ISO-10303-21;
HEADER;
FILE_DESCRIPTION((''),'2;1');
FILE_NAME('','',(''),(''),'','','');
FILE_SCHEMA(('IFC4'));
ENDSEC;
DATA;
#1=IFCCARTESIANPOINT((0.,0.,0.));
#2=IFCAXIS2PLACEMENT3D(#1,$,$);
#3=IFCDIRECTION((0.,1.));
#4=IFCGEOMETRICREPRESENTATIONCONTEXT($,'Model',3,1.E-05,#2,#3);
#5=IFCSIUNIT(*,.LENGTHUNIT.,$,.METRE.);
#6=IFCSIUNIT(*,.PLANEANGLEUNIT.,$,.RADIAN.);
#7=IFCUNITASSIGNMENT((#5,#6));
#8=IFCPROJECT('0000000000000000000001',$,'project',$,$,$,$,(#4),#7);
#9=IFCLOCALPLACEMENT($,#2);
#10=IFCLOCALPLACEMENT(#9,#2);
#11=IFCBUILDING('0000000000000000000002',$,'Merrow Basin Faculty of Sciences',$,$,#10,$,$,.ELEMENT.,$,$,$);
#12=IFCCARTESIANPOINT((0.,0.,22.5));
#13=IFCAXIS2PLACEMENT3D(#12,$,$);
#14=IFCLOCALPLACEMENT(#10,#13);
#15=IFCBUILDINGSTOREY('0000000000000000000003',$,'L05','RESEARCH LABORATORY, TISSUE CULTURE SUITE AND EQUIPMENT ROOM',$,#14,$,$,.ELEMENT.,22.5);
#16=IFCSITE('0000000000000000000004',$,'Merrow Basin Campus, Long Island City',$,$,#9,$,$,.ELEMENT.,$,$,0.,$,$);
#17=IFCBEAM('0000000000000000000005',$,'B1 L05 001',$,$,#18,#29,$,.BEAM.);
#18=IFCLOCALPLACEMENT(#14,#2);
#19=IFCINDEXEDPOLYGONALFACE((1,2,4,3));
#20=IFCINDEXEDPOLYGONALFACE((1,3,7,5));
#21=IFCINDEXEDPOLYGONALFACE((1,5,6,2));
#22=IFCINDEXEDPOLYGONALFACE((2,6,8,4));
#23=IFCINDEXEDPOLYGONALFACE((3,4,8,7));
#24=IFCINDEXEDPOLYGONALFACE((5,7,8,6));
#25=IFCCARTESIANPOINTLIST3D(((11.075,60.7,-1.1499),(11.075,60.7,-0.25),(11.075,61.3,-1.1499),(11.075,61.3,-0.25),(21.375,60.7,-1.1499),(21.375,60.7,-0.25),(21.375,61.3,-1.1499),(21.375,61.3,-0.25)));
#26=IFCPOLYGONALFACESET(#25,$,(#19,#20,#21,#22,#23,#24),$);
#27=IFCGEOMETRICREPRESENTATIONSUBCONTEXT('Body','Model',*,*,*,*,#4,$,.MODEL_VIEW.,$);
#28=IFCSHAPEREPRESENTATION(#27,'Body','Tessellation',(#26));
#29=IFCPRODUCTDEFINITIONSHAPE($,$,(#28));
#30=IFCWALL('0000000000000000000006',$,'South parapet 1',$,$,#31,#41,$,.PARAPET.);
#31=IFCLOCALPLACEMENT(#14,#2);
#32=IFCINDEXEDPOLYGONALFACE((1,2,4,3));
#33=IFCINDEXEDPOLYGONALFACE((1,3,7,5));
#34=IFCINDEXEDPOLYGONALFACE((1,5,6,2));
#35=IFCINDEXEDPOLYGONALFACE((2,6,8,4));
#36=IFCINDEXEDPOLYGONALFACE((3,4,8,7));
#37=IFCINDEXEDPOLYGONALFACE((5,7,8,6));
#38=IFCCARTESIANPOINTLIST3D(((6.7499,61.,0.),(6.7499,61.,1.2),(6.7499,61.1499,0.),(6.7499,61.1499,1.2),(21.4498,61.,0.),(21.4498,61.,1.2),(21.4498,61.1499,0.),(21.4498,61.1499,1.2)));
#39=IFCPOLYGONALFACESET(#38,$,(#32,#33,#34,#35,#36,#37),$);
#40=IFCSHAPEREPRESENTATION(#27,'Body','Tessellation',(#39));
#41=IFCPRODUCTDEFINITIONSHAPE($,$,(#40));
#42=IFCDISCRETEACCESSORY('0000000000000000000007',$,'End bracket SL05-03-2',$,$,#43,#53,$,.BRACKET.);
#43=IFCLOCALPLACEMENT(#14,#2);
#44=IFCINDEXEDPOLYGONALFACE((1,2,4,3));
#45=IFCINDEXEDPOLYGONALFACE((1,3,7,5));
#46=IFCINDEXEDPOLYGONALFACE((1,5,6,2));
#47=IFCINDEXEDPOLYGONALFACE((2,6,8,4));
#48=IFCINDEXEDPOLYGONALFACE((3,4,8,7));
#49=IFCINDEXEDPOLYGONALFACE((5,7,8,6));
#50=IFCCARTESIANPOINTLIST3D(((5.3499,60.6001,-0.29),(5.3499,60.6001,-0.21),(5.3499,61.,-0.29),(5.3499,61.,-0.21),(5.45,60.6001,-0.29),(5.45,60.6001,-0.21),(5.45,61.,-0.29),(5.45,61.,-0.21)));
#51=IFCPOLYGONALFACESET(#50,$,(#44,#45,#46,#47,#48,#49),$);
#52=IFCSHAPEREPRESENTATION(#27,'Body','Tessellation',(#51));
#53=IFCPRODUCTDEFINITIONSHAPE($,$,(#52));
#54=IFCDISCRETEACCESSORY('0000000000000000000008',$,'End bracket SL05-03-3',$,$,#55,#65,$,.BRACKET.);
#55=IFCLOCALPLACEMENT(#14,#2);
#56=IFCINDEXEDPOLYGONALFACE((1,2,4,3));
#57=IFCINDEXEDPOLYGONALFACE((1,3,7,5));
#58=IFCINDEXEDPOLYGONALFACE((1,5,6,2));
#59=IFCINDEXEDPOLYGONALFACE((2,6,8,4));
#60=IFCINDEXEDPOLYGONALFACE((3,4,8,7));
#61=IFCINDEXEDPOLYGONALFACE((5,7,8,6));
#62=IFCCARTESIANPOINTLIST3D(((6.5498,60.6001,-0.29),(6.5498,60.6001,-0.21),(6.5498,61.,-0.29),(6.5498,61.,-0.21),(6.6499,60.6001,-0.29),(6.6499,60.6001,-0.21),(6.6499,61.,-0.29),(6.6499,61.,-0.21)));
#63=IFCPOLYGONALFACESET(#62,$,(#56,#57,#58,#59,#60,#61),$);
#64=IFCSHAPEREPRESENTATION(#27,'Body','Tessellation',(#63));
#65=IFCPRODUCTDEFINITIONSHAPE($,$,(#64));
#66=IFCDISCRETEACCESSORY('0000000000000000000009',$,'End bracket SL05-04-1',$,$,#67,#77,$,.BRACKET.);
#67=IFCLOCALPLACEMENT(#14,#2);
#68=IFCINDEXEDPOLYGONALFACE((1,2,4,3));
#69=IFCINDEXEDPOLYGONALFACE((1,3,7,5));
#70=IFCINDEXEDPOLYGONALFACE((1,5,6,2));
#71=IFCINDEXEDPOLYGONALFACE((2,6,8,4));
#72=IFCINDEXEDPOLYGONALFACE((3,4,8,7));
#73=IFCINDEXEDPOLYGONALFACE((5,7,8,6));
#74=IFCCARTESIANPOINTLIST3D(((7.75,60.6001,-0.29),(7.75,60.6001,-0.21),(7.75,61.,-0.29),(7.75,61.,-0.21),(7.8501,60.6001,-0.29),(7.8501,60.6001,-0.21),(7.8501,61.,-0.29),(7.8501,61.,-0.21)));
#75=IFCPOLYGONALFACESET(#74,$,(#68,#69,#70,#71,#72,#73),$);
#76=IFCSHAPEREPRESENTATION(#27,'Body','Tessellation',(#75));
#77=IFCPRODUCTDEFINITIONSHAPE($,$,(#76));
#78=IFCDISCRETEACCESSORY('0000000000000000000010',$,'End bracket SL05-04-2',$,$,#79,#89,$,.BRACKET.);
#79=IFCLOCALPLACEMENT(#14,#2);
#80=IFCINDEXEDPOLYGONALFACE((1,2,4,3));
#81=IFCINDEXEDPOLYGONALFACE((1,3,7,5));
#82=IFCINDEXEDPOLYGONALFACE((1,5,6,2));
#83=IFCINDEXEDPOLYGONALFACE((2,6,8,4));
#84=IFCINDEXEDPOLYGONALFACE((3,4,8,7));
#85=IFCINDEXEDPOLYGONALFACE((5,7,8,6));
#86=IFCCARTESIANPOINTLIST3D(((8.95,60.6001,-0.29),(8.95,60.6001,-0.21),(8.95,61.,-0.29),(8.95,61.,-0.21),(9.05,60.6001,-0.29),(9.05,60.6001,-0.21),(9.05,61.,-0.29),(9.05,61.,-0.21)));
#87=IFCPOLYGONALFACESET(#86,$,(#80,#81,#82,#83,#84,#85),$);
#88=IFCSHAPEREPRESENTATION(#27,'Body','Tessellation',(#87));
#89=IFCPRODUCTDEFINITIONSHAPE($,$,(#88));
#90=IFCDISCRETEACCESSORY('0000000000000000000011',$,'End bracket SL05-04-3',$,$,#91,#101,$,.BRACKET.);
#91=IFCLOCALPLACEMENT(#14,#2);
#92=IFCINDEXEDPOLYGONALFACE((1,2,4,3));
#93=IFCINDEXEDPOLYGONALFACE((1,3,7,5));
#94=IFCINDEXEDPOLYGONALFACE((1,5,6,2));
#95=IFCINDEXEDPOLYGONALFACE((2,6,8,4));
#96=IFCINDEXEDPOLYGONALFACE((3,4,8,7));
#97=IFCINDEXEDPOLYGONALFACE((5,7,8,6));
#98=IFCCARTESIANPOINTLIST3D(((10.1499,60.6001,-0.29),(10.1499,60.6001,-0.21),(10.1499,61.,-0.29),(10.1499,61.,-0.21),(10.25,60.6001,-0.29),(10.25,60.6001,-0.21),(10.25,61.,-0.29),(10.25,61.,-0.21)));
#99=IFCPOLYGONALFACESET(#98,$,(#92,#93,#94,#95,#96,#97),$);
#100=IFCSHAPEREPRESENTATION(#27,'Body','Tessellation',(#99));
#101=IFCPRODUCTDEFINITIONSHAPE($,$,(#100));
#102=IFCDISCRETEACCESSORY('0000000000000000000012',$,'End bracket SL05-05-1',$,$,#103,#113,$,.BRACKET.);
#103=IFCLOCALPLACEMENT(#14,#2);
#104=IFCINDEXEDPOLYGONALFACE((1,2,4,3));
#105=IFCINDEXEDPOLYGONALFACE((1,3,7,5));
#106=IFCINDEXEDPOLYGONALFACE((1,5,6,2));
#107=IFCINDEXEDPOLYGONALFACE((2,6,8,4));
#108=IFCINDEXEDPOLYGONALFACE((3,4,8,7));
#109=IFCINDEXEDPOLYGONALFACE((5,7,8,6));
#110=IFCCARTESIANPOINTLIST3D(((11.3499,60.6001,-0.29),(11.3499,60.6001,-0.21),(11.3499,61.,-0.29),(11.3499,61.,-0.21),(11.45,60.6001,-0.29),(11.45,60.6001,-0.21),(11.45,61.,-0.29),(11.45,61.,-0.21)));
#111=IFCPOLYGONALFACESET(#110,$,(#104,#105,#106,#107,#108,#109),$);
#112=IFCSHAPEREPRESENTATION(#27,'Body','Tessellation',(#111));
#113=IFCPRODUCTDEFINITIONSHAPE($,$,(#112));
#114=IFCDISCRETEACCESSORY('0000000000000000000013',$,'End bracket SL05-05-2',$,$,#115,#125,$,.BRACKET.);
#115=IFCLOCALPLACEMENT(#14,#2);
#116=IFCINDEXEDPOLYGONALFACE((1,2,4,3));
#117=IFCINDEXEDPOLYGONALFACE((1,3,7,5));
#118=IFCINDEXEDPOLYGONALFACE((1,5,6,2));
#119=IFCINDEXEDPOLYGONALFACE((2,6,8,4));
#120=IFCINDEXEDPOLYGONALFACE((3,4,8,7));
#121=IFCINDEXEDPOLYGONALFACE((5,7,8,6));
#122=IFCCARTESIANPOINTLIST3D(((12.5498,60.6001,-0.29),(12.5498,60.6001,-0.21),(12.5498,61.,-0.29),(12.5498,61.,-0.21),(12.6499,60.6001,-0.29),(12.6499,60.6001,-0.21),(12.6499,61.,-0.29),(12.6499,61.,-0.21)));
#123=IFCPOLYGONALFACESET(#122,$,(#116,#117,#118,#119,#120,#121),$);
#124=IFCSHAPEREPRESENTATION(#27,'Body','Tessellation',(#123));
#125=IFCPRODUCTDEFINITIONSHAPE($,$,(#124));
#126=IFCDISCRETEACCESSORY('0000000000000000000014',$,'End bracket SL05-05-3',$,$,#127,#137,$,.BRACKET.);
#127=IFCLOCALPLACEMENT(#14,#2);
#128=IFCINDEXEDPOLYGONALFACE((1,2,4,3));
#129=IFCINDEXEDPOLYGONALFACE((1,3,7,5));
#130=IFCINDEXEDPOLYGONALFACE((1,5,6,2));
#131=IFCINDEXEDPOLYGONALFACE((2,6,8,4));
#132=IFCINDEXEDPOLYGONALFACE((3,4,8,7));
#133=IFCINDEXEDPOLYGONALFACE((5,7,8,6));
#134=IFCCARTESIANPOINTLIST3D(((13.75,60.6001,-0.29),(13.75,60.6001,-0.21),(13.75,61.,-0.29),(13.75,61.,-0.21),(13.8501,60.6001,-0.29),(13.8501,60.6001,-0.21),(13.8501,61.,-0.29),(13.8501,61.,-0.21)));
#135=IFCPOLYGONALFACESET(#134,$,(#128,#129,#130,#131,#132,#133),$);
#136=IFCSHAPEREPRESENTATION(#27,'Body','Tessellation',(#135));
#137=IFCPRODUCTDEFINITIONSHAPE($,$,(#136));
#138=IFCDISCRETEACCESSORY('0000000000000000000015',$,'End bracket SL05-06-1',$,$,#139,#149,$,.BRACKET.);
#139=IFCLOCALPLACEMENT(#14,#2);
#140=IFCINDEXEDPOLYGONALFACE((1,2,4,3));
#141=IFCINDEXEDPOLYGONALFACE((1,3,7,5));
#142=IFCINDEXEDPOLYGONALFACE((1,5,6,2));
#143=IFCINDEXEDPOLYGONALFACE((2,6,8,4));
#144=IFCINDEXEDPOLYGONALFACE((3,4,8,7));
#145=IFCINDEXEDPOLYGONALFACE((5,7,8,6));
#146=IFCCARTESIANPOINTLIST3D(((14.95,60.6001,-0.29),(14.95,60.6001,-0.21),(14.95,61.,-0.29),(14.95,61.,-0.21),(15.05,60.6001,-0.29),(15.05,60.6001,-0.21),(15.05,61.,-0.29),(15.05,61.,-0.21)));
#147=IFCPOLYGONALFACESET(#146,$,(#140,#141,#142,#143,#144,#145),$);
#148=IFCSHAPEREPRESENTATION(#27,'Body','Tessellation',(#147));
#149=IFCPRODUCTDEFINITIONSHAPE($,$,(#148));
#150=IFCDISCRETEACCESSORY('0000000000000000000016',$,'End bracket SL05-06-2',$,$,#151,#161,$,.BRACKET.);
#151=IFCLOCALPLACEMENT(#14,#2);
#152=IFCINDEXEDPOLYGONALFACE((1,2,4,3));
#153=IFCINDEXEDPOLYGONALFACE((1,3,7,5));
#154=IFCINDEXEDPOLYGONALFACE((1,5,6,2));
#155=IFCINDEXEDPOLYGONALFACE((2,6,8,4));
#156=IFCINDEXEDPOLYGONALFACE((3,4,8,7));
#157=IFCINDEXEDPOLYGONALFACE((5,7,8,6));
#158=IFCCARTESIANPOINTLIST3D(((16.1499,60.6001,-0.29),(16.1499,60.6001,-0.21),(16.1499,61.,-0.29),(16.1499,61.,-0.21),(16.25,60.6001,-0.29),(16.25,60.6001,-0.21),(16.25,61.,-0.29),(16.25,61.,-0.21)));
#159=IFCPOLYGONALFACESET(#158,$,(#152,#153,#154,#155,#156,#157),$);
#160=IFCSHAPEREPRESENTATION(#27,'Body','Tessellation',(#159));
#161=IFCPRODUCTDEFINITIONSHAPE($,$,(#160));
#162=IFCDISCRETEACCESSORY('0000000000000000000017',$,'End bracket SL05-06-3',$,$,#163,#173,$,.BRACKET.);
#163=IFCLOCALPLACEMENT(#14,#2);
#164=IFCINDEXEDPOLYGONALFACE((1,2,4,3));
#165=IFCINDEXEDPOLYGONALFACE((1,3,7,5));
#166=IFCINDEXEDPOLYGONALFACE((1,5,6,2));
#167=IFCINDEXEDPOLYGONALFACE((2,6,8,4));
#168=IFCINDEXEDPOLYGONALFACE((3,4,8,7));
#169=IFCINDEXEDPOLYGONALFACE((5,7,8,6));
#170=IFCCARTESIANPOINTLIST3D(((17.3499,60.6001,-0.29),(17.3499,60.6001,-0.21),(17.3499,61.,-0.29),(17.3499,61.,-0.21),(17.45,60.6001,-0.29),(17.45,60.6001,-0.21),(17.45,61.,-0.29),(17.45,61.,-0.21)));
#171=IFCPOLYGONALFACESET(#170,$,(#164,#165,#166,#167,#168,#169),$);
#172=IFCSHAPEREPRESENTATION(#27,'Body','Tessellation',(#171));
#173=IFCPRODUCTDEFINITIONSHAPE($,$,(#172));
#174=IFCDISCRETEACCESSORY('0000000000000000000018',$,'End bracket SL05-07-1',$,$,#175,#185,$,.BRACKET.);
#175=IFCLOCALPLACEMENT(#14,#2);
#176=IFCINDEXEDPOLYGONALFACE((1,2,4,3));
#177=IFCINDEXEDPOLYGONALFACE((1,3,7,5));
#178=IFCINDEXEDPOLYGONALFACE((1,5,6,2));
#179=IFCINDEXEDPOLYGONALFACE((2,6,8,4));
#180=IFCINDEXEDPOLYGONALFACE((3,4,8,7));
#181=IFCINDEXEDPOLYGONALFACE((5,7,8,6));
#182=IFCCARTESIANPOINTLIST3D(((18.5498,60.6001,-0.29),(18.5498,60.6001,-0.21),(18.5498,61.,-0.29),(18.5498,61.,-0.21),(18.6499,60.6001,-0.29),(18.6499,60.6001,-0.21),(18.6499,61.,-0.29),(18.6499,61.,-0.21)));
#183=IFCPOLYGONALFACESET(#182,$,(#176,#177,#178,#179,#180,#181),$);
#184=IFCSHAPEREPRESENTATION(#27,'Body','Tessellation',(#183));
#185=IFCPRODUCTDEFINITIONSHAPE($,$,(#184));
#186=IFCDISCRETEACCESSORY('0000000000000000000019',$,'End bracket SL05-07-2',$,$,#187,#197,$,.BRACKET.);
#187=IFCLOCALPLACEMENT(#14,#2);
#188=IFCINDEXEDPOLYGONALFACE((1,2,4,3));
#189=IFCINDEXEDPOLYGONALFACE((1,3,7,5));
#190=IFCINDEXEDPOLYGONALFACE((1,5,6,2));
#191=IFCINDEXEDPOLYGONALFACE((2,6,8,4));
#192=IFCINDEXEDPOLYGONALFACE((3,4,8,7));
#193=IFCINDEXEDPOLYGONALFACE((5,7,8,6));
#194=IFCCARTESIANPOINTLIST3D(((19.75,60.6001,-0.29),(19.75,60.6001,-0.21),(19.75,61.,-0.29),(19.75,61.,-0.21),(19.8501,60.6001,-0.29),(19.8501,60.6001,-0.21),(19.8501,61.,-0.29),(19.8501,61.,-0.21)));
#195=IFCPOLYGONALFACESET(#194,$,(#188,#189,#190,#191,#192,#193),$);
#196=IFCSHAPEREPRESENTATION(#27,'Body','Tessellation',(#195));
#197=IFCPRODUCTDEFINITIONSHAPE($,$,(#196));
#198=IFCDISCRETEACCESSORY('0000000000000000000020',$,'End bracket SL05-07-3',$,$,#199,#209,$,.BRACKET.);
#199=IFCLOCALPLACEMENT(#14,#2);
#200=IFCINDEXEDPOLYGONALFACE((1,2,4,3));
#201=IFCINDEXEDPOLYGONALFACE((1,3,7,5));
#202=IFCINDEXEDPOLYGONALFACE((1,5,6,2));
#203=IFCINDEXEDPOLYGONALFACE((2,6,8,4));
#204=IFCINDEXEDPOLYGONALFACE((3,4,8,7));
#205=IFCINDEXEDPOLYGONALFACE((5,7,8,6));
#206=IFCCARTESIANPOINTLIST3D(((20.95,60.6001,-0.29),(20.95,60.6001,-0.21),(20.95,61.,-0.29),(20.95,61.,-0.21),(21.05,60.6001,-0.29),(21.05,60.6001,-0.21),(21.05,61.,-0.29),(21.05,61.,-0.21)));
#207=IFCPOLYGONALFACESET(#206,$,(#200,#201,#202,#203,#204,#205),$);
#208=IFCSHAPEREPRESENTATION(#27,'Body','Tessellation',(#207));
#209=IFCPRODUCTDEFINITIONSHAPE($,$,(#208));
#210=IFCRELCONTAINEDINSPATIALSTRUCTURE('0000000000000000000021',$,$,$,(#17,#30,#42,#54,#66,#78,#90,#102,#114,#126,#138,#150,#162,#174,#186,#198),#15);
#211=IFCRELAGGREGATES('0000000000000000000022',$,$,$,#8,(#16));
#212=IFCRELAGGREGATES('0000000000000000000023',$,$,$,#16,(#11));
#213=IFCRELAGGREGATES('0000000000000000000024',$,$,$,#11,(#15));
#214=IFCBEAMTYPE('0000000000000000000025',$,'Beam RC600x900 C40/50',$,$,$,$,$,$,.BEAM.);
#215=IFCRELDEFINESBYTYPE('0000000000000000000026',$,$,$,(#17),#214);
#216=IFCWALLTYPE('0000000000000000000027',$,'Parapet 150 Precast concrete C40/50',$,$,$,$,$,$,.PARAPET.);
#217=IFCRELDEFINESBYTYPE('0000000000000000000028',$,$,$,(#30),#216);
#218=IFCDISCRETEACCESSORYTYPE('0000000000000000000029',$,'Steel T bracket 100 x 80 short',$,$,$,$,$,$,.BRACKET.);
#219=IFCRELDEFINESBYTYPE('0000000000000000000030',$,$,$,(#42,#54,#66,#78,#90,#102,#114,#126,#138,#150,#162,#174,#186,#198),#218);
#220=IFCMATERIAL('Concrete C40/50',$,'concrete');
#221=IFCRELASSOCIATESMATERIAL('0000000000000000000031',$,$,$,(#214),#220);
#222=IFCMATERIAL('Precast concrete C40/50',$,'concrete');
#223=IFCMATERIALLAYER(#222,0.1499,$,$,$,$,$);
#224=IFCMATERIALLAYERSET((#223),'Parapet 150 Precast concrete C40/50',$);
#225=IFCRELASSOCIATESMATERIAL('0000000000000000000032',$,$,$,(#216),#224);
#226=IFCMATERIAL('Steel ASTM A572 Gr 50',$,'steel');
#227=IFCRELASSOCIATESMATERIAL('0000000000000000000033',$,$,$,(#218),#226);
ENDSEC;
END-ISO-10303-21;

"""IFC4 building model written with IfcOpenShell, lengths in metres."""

from ifc_helpers import new_model, si_unit, direction, frame, frame_2d, origin, origin_2d, place, context, subcontext, project, spatial, polyline, rectangle, outline, extrude, source, transform, mapped, material, layer, layer_set, material_profile, profile_set, type_object, element, save


model = new_model("IFC4")

# Units and contexts
model_context = context("Model", 3, precision=1e-05, world=origin(), true_north=direction((0.0, 1.0)))
body_context = subcontext(model_context, "Body", "Model", "MODEL_VIEW")
ifc_project = project(units=[si_unit("LENGTHUNIT", "METRE"), si_unit("PLANEANGLEUNIT", "RADIAN")], contexts=[model_context])

# Site, building, storey
site_placement = place(None, origin())
site = spatial("IfcSite", under=ifc_project, at=site_placement, Name="Merrow Basin Campus, Long Island City", CompositionType="ELEMENT", RefElevation=0.0)
building_placement = place(site_placement, origin())
building = spatial("IfcBuilding", under=site, at=building_placement, Name="Merrow Basin Faculty of Sciences", CompositionType="ELEMENT")
storey_placement = place(building_placement, frame((0.0, 0.0, 22.5)))
storey = spatial("IfcBuildingStorey", under=building, at=storey_placement, Name="L05", Description="RESEARCH LABORATORY, TISSUE CULTURE SUITE AND EQUIPMENT ROOM", CompositionType="ELEMENT", Elevation=22.5)

# Beam
ifc_material_1 = material(Name="Concrete C40/50", Category="concrete")
ifc_material_profile = material_profile(ifc_material_1, rectangle(XDim=0.6001, YDim=0.8999, at=origin_2d()))
ifc_profile_set = profile_set([ifc_material_profile], Name="Concrete C40/50")
beam_type = type_object("IfcBeamType", Name="Beam RC600x900 C40/50", PredefinedType="BEAM", material=ifc_profile_set)
beam_placement = place(storey_placement, frame((11.075, 61.0, -0.7), z_axis=(1.0, 0.0, 0.0), x_axis=(0.0, 1.0, 0.0)))
element("IfcBeam", 1, at=beam_placement, inside=storey, type_object=beam_type, Name="B1 L05 001", PredefinedType="BEAM", context=body_context, shape_type="SweptSolid", body=[
    extrude(rectangle(XDim=0.6001, YDim=0.8999, at=origin_2d()), origin(), (0.0, 0.0, 1.0), 10.3),
])

# Wall
ifc_material_2 = material(Name="Precast concrete C40/50", Category="concrete")
ifc_layer_1 = layer(ifc_material_2, 0.1499)
ifc_layer_set_1 = layer_set([ifc_layer_1], Name="Parapet 150 Precast concrete C40/50")
wall_type = type_object("IfcWallType", Name="Parapet 150 Precast concrete C40/50", PredefinedType="PARAPET", material=ifc_layer_set_1)
wall_placement = place(storey_placement, frame((21.45, 61.075, 0.0), z_axis=(0.0, 0.0, 1.0), x_axis=(-1.0, 0.0, 0.0)))
element("IfcWall", 2, at=wall_placement, inside=storey, type_object=wall_type, Name="South parapet 1", PredefinedType="PARAPET", context=body_context, shape_type="SweptSolid", body=[
    extrude(rectangle(XDim=14.7, YDim=0.1499, at=frame_2d((7.3501, 0.0))), origin(), (0.0, 0.0, 1.0), 1.2),
])

# Discrete accessories
ifc_material_3 = material(Name="Steel ASTM A572 Gr 50", Category="steel")
discrete_accessory_type = type_object("IfcDiscreteAccessoryType", Name="Steel T bracket 100 x 80 short", PredefinedType="BRACKET", material=ifc_material_3)
shared_shape_1 = source(origin(), body_context, "Body", "SweptSolid", [
    extrude(outline(polyline([(0.0, 0.0), (0.1001, 0.0), (0.1001, 0.0801), (0.0, 0.0801), (0.0, 0.0)])), origin(), (0.0, 0.0, 1.0), 0.3999),
])
for number, where, z_axis, x_axis, name in (
    (3, (5.45, 60.6001, -0.29), (0.0, 1.0, 0.0), (-1.0, 0.0, 0.0), "End bracket SL05-03-2"),
    (4, (6.6499, 60.6001, -0.29), (0.0, 1.0, 0.0), (-1.0, 0.0, 0.0), "End bracket SL05-03-3"),
    (5, (7.8501, 60.6001, -0.29), (0.0, 1.0, 0.0), (-1.0, 0.0, 0.0), "End bracket SL05-04-1"),
    (6, (9.05, 60.6001, -0.29), (0.0, 1.0, 0.0), (-1.0, 0.0, 0.0), "End bracket SL05-04-2"),
    (7, (10.25, 60.6001, -0.29), (0.0, 1.0, 0.0), (-1.0, 0.0, 0.0), "End bracket SL05-04-3"),
    (8, (11.45, 60.6001, -0.29), (0.0, 1.0, 0.0), (-1.0, 0.0, 0.0), "End bracket SL05-05-1"),
    (9, (12.6499, 60.6001, -0.29), (0.0, 1.0, 0.0), (-1.0, 0.0, 0.0), "End bracket SL05-05-2"),
    (10, (13.8501, 60.6001, -0.29), (0.0, 1.0, 0.0), (-1.0, 0.0, 0.0), "End bracket SL05-05-3"),
    (11, (15.05, 60.6001, -0.29), (0.0, 1.0, 0.0), (-1.0, 0.0, 0.0), "End bracket SL05-06-1"),
    (12, (16.25, 60.6001, -0.29), (0.0, 1.0, 0.0), (-1.0, 0.0, 0.0), "End bracket SL05-06-2"),
    (13, (17.45, 60.6001, -0.29), (0.0, 1.0, 0.0), (-1.0, 0.0, 0.0), "End bracket SL05-06-3"),
    (14, (18.6499, 60.6001, -0.29), (0.0, 1.0, 0.0), (-1.0, 0.0, 0.0), "End bracket SL05-07-1"),
    (15, (19.8501, 60.6001, -0.29), (0.0, 1.0, 0.0), (-1.0, 0.0, 0.0), "End bracket SL05-07-2"),
    (16, (21.05, 60.6001, -0.29), (0.0, 1.0, 0.0), (-1.0, 0.0, 0.0), "End bracket SL05-07-3"),
):
    element("IfcDiscreteAccessory", number, at=place(storey_placement, frame(where, z_axis=z_axis, x_axis=x_axis)), inside=storey, type_object=discrete_accessory_type, Name=name, PredefinedType="BRACKET", context=body_context, shape_type="MappedRepresentation", body=[
        mapped(shared_shape_1, transform((0.0, 0.0, 0.0), scale=1.0)),
    ])

save(model, "model.ifc")
